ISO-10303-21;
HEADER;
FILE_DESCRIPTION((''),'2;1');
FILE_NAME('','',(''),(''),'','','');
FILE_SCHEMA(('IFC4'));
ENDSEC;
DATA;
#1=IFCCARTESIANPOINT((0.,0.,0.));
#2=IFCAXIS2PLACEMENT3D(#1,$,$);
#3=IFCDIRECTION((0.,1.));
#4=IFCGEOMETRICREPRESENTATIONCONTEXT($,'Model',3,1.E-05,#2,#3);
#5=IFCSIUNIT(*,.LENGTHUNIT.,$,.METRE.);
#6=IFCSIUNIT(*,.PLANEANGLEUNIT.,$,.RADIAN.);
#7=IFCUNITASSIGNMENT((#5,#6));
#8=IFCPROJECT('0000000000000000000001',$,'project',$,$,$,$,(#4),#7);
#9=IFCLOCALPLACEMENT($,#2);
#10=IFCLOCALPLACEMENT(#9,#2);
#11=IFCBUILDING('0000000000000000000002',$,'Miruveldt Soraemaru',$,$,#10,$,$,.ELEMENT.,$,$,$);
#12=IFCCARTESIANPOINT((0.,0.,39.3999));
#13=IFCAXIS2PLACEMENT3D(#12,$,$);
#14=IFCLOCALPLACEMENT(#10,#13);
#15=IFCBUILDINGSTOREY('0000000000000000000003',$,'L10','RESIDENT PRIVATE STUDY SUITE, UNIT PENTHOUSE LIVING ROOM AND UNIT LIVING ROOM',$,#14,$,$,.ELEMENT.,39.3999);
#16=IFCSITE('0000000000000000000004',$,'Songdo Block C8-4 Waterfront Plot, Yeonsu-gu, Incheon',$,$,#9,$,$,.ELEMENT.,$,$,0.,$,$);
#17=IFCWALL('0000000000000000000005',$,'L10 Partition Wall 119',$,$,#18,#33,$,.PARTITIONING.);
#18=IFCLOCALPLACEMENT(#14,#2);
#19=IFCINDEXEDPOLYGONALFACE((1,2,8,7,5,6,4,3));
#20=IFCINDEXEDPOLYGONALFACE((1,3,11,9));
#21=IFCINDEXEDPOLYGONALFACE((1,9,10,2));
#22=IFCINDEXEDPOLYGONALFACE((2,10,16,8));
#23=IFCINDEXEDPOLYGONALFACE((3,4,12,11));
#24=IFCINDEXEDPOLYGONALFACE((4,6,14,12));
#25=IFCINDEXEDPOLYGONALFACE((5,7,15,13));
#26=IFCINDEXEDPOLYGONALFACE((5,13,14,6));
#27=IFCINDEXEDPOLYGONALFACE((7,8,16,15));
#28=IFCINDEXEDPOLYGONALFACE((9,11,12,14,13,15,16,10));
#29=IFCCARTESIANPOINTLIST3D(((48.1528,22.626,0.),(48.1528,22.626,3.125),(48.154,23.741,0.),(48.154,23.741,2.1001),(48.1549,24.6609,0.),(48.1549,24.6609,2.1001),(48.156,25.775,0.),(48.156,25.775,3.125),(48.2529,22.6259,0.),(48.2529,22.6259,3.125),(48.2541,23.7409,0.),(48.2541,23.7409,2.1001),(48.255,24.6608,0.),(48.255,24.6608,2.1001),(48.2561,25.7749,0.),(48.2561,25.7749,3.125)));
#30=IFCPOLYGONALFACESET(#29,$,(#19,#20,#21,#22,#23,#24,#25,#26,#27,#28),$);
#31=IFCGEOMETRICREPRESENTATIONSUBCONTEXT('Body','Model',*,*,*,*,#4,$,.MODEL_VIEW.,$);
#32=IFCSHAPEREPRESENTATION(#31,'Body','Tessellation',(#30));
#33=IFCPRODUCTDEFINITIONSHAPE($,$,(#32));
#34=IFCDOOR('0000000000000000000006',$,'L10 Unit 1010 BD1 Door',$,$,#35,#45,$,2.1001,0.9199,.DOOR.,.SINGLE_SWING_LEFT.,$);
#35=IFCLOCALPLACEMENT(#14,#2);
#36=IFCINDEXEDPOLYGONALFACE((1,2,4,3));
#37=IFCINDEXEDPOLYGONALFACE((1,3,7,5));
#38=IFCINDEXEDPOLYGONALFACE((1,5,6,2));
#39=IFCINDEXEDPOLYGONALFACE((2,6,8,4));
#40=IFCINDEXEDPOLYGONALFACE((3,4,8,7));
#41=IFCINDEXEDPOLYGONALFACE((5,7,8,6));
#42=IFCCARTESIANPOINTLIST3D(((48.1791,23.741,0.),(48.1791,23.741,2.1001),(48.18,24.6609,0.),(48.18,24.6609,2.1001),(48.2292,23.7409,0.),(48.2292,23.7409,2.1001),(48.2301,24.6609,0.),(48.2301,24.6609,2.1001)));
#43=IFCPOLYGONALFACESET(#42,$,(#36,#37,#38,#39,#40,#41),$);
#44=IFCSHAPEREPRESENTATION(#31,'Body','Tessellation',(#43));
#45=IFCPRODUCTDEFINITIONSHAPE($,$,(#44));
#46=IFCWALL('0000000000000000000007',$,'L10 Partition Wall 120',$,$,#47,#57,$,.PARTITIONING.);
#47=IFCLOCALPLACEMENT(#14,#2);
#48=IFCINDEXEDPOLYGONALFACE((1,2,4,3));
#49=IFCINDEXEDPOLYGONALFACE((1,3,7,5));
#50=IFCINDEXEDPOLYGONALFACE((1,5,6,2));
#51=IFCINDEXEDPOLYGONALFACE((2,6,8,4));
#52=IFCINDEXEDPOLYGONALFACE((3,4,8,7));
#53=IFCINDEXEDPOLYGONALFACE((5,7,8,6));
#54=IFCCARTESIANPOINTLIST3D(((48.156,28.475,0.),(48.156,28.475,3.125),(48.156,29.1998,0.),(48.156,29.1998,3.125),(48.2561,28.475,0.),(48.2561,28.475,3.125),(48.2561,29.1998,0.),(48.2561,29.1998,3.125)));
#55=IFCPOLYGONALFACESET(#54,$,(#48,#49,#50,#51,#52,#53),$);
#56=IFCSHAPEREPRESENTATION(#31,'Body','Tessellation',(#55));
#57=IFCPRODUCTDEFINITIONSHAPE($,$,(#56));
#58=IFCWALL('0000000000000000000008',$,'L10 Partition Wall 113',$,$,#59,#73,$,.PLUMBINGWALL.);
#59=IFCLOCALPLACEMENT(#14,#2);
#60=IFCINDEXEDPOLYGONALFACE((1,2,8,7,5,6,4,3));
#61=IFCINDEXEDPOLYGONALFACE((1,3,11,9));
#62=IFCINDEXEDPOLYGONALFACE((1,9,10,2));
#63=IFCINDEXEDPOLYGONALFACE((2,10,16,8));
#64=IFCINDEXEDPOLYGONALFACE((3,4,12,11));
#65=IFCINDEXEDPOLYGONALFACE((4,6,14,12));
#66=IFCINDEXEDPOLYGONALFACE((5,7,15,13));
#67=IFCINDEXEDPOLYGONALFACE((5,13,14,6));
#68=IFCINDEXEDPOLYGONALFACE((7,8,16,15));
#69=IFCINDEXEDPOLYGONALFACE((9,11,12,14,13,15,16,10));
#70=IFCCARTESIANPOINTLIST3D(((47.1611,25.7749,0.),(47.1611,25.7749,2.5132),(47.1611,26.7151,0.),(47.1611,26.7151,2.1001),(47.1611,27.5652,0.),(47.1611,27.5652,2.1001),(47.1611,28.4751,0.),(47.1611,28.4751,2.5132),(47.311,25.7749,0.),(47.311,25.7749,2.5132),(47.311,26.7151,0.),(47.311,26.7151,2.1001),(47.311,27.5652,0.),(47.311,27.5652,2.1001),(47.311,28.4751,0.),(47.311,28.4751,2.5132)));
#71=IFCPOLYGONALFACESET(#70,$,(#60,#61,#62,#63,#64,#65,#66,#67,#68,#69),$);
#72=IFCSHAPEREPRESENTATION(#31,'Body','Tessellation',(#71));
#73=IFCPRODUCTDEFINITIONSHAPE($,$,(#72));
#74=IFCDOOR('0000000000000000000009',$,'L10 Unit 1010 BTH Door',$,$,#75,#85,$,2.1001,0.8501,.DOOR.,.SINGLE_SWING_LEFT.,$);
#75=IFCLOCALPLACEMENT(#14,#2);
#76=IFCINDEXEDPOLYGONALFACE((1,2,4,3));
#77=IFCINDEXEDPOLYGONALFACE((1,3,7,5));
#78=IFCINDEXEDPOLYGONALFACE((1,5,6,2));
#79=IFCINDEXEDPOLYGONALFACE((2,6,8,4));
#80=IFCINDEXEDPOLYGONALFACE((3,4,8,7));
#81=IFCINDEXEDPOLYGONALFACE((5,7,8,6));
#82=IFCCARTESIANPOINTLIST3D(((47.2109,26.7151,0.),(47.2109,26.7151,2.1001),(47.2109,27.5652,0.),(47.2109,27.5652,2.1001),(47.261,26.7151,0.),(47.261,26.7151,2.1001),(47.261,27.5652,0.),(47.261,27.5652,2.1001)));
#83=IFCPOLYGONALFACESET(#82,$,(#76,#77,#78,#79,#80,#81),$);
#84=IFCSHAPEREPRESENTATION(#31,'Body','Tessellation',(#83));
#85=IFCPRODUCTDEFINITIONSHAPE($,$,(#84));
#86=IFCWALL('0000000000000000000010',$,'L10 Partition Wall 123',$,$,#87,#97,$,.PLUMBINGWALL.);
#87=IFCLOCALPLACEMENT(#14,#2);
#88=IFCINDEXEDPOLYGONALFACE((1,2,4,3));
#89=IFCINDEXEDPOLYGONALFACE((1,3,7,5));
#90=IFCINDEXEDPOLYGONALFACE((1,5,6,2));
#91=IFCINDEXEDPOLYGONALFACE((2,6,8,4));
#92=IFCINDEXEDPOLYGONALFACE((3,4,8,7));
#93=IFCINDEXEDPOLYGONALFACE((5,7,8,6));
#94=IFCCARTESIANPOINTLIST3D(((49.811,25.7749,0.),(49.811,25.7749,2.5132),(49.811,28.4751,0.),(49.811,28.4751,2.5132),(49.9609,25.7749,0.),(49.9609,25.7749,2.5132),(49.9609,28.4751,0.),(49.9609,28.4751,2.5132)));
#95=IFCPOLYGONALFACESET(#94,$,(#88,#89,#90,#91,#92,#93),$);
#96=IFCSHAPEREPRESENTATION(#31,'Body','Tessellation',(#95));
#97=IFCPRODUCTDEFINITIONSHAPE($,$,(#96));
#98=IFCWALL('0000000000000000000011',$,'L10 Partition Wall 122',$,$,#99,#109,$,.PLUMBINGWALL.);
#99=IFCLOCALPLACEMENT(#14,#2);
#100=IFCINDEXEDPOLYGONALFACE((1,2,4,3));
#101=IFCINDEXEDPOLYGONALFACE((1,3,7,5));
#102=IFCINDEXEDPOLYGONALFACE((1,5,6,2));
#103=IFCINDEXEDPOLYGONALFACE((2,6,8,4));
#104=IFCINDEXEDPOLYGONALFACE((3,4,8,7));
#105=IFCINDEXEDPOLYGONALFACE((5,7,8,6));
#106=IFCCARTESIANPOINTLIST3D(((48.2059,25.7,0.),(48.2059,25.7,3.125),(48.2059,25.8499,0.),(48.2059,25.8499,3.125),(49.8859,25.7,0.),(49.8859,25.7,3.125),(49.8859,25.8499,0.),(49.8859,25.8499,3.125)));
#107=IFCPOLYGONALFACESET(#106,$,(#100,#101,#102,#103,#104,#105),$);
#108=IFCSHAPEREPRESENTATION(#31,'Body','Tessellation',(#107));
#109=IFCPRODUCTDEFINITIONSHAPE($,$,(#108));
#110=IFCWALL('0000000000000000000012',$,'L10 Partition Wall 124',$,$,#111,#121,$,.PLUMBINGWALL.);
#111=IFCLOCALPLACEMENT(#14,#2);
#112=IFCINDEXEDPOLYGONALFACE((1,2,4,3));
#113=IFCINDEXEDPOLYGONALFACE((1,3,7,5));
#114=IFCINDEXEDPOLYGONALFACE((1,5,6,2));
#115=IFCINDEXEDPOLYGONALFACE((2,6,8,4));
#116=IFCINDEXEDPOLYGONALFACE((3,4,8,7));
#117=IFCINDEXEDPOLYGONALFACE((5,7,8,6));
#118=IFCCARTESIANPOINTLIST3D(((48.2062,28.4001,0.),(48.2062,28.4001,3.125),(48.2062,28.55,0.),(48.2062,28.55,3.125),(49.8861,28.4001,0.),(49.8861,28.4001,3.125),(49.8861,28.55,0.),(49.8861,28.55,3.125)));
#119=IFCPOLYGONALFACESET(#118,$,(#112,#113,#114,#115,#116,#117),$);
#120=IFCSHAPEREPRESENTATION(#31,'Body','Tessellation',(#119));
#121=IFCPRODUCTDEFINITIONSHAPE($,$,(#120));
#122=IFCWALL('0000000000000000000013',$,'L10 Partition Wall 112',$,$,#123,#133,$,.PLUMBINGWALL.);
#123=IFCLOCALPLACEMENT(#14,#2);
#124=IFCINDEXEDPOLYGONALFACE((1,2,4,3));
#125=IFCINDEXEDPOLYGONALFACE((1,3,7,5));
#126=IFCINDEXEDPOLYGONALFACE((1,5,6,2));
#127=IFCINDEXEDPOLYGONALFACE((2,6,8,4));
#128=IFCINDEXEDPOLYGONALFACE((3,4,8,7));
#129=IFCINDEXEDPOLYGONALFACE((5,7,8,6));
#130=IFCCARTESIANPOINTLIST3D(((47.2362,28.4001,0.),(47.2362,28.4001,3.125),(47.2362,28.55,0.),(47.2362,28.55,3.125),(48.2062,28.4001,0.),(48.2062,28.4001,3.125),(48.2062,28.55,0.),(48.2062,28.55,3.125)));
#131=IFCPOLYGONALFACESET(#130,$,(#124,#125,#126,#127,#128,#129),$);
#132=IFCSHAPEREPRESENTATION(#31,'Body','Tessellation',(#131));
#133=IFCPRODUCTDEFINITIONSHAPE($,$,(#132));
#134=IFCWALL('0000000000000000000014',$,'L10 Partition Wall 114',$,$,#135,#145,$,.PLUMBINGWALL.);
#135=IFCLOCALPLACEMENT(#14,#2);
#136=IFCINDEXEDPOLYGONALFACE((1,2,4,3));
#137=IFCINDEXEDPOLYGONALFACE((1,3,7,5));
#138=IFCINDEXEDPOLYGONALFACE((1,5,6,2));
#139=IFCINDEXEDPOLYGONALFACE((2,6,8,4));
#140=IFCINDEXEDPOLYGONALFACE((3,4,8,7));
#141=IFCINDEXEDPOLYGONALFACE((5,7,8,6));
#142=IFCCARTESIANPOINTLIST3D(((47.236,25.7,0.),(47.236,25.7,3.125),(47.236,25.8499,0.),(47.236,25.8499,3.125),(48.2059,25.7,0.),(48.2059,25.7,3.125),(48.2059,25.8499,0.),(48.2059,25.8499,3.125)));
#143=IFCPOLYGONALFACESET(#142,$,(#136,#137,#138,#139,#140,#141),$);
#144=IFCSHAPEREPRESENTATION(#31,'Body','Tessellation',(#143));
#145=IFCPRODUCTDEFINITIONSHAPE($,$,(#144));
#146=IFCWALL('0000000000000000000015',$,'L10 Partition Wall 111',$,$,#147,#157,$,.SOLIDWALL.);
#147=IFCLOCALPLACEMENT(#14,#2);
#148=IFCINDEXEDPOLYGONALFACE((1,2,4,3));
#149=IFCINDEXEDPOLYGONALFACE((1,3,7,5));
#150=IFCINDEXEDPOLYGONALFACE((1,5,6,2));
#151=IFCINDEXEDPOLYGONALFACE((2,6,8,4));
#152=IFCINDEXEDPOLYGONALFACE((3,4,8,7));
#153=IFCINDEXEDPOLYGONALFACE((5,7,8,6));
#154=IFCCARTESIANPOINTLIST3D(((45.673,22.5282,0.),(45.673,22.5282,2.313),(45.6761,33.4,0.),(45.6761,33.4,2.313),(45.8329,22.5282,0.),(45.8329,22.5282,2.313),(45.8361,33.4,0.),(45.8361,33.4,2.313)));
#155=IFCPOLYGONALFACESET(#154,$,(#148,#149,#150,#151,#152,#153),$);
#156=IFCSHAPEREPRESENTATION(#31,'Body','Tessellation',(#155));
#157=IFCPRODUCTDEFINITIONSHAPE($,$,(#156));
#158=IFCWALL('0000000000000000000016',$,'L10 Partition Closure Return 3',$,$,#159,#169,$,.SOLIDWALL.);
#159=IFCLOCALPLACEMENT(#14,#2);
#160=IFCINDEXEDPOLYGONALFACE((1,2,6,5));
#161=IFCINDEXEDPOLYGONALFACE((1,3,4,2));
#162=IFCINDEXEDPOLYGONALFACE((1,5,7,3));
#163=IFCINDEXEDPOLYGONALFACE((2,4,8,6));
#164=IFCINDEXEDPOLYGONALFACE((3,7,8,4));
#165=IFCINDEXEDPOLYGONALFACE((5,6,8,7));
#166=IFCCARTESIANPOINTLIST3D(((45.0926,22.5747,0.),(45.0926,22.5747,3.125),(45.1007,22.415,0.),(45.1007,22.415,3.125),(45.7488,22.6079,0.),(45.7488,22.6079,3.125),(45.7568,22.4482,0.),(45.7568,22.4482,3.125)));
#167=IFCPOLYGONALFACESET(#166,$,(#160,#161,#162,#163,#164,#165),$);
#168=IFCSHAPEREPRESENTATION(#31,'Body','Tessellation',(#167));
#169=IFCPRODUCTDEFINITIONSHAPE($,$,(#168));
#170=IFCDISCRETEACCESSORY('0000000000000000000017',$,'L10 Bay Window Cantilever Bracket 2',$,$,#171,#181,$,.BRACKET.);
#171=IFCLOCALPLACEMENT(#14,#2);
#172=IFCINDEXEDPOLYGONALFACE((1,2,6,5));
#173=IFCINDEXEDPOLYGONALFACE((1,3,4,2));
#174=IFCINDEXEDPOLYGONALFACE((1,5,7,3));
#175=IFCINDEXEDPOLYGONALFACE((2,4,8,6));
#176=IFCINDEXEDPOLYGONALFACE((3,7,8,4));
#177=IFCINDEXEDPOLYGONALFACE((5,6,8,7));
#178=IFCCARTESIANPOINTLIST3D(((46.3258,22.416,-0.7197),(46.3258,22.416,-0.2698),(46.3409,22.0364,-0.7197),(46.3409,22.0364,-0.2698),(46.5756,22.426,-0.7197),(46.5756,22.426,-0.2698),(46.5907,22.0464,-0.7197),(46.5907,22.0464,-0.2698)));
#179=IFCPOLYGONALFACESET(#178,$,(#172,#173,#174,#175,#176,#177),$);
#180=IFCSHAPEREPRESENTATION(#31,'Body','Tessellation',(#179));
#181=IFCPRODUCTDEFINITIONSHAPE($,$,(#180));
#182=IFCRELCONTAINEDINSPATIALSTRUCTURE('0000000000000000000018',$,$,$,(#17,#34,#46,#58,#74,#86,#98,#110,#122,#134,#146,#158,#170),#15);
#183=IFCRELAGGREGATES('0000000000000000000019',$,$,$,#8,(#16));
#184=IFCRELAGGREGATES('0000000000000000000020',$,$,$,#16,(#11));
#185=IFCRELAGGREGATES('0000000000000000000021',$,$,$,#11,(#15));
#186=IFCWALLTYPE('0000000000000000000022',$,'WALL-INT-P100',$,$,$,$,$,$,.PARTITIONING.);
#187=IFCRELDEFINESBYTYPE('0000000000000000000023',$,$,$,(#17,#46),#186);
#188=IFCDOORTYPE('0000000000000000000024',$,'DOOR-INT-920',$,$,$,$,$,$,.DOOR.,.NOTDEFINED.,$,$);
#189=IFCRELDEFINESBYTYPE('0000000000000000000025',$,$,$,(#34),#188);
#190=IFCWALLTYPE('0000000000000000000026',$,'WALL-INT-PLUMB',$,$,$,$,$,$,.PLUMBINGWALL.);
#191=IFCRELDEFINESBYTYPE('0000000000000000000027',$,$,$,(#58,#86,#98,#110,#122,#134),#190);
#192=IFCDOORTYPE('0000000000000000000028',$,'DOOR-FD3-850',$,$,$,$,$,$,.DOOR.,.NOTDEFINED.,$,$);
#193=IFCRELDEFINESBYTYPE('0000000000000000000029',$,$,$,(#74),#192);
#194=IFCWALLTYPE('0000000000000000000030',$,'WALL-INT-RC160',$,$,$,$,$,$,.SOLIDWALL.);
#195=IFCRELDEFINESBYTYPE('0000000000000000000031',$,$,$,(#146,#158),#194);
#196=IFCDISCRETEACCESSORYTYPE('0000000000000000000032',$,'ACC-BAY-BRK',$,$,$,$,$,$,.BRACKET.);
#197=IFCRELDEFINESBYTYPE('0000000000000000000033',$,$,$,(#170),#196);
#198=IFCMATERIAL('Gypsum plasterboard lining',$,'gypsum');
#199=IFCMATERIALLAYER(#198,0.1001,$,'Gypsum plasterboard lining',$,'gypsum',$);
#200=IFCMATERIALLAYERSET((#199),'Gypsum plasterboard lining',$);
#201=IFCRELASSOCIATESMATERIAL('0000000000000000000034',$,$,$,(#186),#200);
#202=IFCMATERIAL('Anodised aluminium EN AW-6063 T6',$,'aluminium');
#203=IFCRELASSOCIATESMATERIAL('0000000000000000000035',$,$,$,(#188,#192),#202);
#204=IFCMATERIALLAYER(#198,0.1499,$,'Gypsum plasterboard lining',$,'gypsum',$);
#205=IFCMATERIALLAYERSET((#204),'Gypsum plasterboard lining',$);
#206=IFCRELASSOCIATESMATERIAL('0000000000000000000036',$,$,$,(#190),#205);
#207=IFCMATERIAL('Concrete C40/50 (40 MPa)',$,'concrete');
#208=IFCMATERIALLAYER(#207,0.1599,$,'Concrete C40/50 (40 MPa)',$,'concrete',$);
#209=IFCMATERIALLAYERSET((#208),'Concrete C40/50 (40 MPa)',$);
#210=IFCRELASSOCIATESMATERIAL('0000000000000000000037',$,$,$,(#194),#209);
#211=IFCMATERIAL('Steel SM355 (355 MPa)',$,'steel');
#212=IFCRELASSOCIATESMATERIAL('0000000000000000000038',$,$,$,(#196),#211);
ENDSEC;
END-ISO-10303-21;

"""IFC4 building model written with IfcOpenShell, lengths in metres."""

from ifc_helpers import new_model, si_unit, direction, frame, frame_2d, origin, origin_2d, place, context, subcontext, project, spatial, rectangle, extrude, material, layer, layer_set, type_object, element, fill, save


model = new_model("IFC4")

# Units and contexts
model_context = context("Model", 3, precision=1e-05, world=origin(), true_north=direction((0.0, 1.0)))
body_context = subcontext(model_context, "Body", "Model", "MODEL_VIEW")
ifc_project = project(units=[si_unit("LENGTHUNIT", "METRE"), si_unit("PLANEANGLEUNIT", "RADIAN")], contexts=[model_context])

# Site, building, storey
site_placement = place(None, origin())
site = spatial("IfcSite", under=ifc_project, at=site_placement, Name="Songdo Block C8-4 Waterfront Plot, Yeonsu-gu, Incheon", CompositionType="ELEMENT", RefElevation=0.0)
building_placement = place(site_placement, origin())
building = spatial("IfcBuilding", under=site, at=building_placement, Name="Miruveldt Soraemaru", CompositionType="ELEMENT")
storey_placement = place(building_placement, frame((0.0, 0.0, 39.3999)))
storey = spatial("IfcBuildingStorey", under=building, at=storey_placement, Name="L10", Description="RESIDENT PRIVATE STUDY SUITE, UNIT PENTHOUSE LIVING ROOM AND UNIT LIVING ROOM", CompositionType="ELEMENT", Elevation=39.3999)

# Shared definitions
ifc_material_1 = material(Name="Anodised aluminium EN AW-6063 T6", Category="aluminium")

# Wall, opening, door
ifc_material_2 = material(Name="Gypsum plasterboard lining", Category="gypsum")
ifc_layer_1 = layer(ifc_material_2, 0.1001, Name="Gypsum plasterboard lining", Category="gypsum")
ifc_layer_set_1 = layer_set([ifc_layer_1], Name="Gypsum plasterboard lining")
wall_type_1 = type_object("IfcWallType", Name="WALL-INT-P100", PredefinedType="PARTITIONING", material=ifc_layer_set_1)
wall_1_placement = place(storey_placement, frame((48.2029, 22.626, 0.0), z_axis=(0.0, 0.0, 1.0), x_axis=(0.001008, 0.999999, 0.0)))
wall_1 = element("IfcWall", 1, at=wall_1_placement, inside=storey, type_object=wall_type_1, Name="L10 Partition Wall 119", PredefinedType="PARTITIONING", context=body_context, shape_type="SweptSolid", body=[
    extrude(rectangle(XDim=3.1489, YDim=0.1001, at=frame_2d((1.5745, 0.0))), origin(), (0.0, 0.0, 1.0), 3.125),
])
opening_1_placement = place(wall_1_placement, frame((1.115, 0.0, 0.0)))
opening_1 = element("IfcOpeningElement", 2, at=opening_1_placement, cuts=wall_1, PredefinedType="OPENING", context=body_context, shape_type="SweptSolid", body=[
    extrude(rectangle(XDim=0.9199, YDim=2.1001, at=frame_2d((0.46, 1.05))), frame((0.0, 0.0601, 0.0), z_axis=(0.0, -1.0, 0.0), x_axis=(1.0, 0.0, 0.0)), (0.0, 0.0, 1.0), 0.1201),
])
door_type_1 = type_object("IfcDoorType", Name="DOOR-INT-920", OperationType="NOTDEFINED", PredefinedType="DOOR", material=ifc_material_1)
door_1_placement = place(opening_1_placement, origin())
door_1 = element("IfcDoor", 3, at=door_1_placement, inside=storey, type_object=door_type_1, Name="L10 Unit 1010 BD1 Door", OperationType="SINGLE_SWING_LEFT", OverallHeight=2.1001, OverallWidth=0.9199, PredefinedType="DOOR", context=body_context, shape_type="SweptSolid", body=[
    extrude(rectangle(XDim=0.9199, YDim=2.1001, at=frame_2d((0.46, 1.05))), frame((0.0, 0.0249, 0.0), z_axis=(0.0, -1.0, 0.0), x_axis=(1.0, 0.0, 0.0)), (0.0, 0.0, 1.0), 0.05),
])
fill(opening_1, door_1)

# Wall
wall_2_placement = place(storey_placement, frame((48.2061, 28.4751, 0.0), z_axis=(0.0, 0.0, 1.0), x_axis=(0.0, 1.0, 0.0)))
element("IfcWall", 4, at=wall_2_placement, inside=storey, type_object=wall_type_1, Name="L10 Partition Wall 120", PredefinedType="PARTITIONING", context=body_context, shape_type="SweptSolid", body=[
    extrude(rectangle(XDim=0.7249, YDim=0.1001, at=frame_2d((0.3623, 0.0))), origin(), (0.0, 0.0, 1.0), 3.125),
])

# Wall, opening, door
ifc_layer_2 = layer(ifc_material_2, 0.1499, Name="Gypsum plasterboard lining", Category="gypsum")
ifc_layer_set_2 = layer_set([ifc_layer_2], Name="Gypsum plasterboard lining")
wall_type_2 = type_object("IfcWallType", Name="WALL-INT-PLUMB", PredefinedType="PLUMBINGWALL", material=ifc_layer_set_2)
wall_3_placement = place(storey_placement, frame((47.2361, 28.4751, 0.0), z_axis=(0.0, 0.0, 1.0), x_axis=(0.0, -1.0, 0.0)))
wall_3 = element("IfcWall", 5, at=wall_3_placement, inside=storey, type_object=wall_type_2, Name="L10 Partition Wall 113", PredefinedType="PLUMBINGWALL", context=body_context, shape_type="SweptSolid", body=[
    extrude(rectangle(XDim=2.7002, YDim=0.1499, at=frame_2d((1.3501, 0.0))), origin(), (0.0, 0.0, 1.0), 2.5132),
])
opening_2_placement = place(wall_3_placement, frame((0.9099, 0.0, 0.0)))
opening_2 = element("IfcOpeningElement", 6, at=opening_2_placement, cuts=wall_3, PredefinedType="OPENING", context=body_context, shape_type="SweptSolid", body=[
    extrude(rectangle(XDim=0.8501, YDim=2.1001, at=frame_2d((0.425, 1.05))), frame((0.0, 0.085, 0.0), z_axis=(0.0, -1.0, 0.0), x_axis=(1.0, 0.0, 0.0)), (0.0, 0.0, 1.0), 0.1699),
])
door_type_2 = type_object("IfcDoorType", Name="DOOR-FD3-850", OperationType="NOTDEFINED", PredefinedType="DOOR", material=ifc_material_1)
door_2_placement = place(opening_2_placement, origin())
door_2 = element("IfcDoor", 7, at=door_2_placement, inside=storey, type_object=door_type_2, Name="L10 Unit 1010 BTH Door", OperationType="SINGLE_SWING_LEFT", OverallHeight=2.1001, OverallWidth=0.8501, PredefinedType="DOOR", context=body_context, shape_type="SweptSolid", body=[
    extrude(rectangle(XDim=0.8501, YDim=2.1001, at=frame_2d((0.425, 1.05))), frame((0.0, 0.0249, 0.0), z_axis=(0.0, -1.0, 0.0), x_axis=(1.0, 0.0, 0.0)), (0.0, 0.0, 1.0), 0.05),
])
fill(opening_2, door_2)

# Walls
wall_4_placement = place(storey_placement, frame((49.886, 25.7749, 0.0), z_axis=(0.0, 0.0, 1.0), x_axis=(0.0, 1.0, 0.0)))
element("IfcWall", 8, at=wall_4_placement, inside=storey, type_object=wall_type_2, Name="L10 Partition Wall 123", PredefinedType="PLUMBINGWALL", context=body_context, shape_type="SweptSolid", body=[
    extrude(rectangle(XDim=2.7002, YDim=0.1499, at=frame_2d((1.3501, 0.0))), origin(), (0.0, 0.0, 1.0), 2.5132),
])
for number, where, z_axis, x_axis, name in (
    (9, (48.2061, 25.7749, 0.0), (0.0, 0.0, 1.0), (1.0, 0.0, 0.0), "L10 Partition Wall 122"),
    (10, (49.886, 28.4751, 0.0), (0.0, 0.0, 1.0), (-1.0, 0.0, 0.0), "L10 Partition Wall 124"),
):
    element("IfcWall", number, at=place(storey_placement, frame(where, z_axis=z_axis, x_axis=x_axis)), inside=storey, type_object=wall_type_2, Name=name, PredefinedType="PLUMBINGWALL", context=body_context, shape_type="SweptSolid", body=[
        extrude(rectangle(XDim=1.6799, YDim=0.1499, at=frame_2d((0.8398, 0.0))), origin(), (0.0, 0.0, 1.0), 3.125),
    ])
for number, where, z_axis, x_axis, name in (
    (11, (48.2061, 28.4751, 0.0), (0.0, 0.0, 1.0), (-1.0, 0.0, 0.0), "L10 Partition Wall 112"),
    (12, (47.2361, 25.7749, 0.0), (0.0, 0.0, 1.0), (1.0, 0.0, 0.0), "L10 Partition Wall 114"),
):
    element("IfcWall", number, at=place(storey_placement, frame(where, z_axis=z_axis, x_axis=x_axis)), inside=storey, type_object=wall_type_2, Name=name, PredefinedType="PLUMBINGWALL", context=body_context, shape_type="SweptSolid", body=[
        extrude(rectangle(XDim=0.97, YDim=0.1499, at=frame_2d((0.4849, 0.0))), origin(), (0.0, 0.0, 1.0), 3.125),
    ])
ifc_material_3 = material(Name="Concrete C40/50 (40 MPa)", Category="concrete")
ifc_layer_3 = layer(ifc_material_3, 0.1599, Name="Concrete C40/50 (40 MPa)", Category="concrete")
ifc_layer_set_3 = layer_set([ifc_layer_3], Name="Concrete C40/50 (40 MPa)")
wall_type_3 = type_object("IfcWallType", Name="WALL-INT-RC160", PredefinedType="SOLIDWALL", material=ifc_layer_set_3)
wall_5_placement = place(storey_placement, frame((45.7529, 22.5281, 0.0), z_axis=(0.0, 0.0, 1.0), x_axis=(0.000292, 1.0, 0.0)))
element("IfcWall", 13, at=wall_5_placement, inside=storey, type_object=wall_type_3, Name="L10 Partition Wall 111", PredefinedType="SOLIDWALL", context=body_context, shape_type="SweptSolid", body=[
    extrude(rectangle(XDim=10.8718, YDim=0.1599, at=frame_2d((5.436, 0.0))), origin(), (0.0, 0.0, 1.0), 2.313),
])
wall_6_placement = place(storey_placement, frame((45.7529, 22.5281, 0.0), z_axis=(0.0, 0.0, 1.0), x_axis=(-0.998723, -0.050531, 0.0)))
element("IfcWall", 14, at=wall_6_placement, inside=storey, type_object=wall_type_3, Name="L10 Partition Closure Return 3", PredefinedType="SOLIDWALL", context=body_context, shape_type="SweptSolid", body=[
    extrude(rectangle(XDim=0.657, YDim=0.1599, at=frame_2d((0.3286, 0.0))), origin(), (0.0, 0.0, 1.0), 3.125),
])

# Discrete accessory
ifc_material_4 = material(Name="Steel SM355 (355 MPa)", Category="steel")
discrete_accessory_type = type_object("IfcDiscreteAccessoryType", Name="ACC-BAY-BRK", PredefinedType="BRACKET", material=ifc_material_4)
discrete_accessory_placement = place(storey_placement, frame((46.4583, 22.2312, -0.7197), z_axis=(0.0, 0.0, 1.0), x_axis=(0.039957, -0.999201, 0.0)))
element("IfcDiscreteAccessory", 15, at=discrete_accessory_placement, inside=storey, type_object=discrete_accessory_type, Name="L10 Bay Window Cantilever Bracket 2", PredefinedType="BRACKET", context=body_context, shape_type="SweptSolid", body=[
    extrude(rectangle(XDim=0.3799, YDim=0.25, at=origin_2d()), origin(), (0.0, 0.0, 1.0), 0.45),
])

save(model, "model.ifc")
